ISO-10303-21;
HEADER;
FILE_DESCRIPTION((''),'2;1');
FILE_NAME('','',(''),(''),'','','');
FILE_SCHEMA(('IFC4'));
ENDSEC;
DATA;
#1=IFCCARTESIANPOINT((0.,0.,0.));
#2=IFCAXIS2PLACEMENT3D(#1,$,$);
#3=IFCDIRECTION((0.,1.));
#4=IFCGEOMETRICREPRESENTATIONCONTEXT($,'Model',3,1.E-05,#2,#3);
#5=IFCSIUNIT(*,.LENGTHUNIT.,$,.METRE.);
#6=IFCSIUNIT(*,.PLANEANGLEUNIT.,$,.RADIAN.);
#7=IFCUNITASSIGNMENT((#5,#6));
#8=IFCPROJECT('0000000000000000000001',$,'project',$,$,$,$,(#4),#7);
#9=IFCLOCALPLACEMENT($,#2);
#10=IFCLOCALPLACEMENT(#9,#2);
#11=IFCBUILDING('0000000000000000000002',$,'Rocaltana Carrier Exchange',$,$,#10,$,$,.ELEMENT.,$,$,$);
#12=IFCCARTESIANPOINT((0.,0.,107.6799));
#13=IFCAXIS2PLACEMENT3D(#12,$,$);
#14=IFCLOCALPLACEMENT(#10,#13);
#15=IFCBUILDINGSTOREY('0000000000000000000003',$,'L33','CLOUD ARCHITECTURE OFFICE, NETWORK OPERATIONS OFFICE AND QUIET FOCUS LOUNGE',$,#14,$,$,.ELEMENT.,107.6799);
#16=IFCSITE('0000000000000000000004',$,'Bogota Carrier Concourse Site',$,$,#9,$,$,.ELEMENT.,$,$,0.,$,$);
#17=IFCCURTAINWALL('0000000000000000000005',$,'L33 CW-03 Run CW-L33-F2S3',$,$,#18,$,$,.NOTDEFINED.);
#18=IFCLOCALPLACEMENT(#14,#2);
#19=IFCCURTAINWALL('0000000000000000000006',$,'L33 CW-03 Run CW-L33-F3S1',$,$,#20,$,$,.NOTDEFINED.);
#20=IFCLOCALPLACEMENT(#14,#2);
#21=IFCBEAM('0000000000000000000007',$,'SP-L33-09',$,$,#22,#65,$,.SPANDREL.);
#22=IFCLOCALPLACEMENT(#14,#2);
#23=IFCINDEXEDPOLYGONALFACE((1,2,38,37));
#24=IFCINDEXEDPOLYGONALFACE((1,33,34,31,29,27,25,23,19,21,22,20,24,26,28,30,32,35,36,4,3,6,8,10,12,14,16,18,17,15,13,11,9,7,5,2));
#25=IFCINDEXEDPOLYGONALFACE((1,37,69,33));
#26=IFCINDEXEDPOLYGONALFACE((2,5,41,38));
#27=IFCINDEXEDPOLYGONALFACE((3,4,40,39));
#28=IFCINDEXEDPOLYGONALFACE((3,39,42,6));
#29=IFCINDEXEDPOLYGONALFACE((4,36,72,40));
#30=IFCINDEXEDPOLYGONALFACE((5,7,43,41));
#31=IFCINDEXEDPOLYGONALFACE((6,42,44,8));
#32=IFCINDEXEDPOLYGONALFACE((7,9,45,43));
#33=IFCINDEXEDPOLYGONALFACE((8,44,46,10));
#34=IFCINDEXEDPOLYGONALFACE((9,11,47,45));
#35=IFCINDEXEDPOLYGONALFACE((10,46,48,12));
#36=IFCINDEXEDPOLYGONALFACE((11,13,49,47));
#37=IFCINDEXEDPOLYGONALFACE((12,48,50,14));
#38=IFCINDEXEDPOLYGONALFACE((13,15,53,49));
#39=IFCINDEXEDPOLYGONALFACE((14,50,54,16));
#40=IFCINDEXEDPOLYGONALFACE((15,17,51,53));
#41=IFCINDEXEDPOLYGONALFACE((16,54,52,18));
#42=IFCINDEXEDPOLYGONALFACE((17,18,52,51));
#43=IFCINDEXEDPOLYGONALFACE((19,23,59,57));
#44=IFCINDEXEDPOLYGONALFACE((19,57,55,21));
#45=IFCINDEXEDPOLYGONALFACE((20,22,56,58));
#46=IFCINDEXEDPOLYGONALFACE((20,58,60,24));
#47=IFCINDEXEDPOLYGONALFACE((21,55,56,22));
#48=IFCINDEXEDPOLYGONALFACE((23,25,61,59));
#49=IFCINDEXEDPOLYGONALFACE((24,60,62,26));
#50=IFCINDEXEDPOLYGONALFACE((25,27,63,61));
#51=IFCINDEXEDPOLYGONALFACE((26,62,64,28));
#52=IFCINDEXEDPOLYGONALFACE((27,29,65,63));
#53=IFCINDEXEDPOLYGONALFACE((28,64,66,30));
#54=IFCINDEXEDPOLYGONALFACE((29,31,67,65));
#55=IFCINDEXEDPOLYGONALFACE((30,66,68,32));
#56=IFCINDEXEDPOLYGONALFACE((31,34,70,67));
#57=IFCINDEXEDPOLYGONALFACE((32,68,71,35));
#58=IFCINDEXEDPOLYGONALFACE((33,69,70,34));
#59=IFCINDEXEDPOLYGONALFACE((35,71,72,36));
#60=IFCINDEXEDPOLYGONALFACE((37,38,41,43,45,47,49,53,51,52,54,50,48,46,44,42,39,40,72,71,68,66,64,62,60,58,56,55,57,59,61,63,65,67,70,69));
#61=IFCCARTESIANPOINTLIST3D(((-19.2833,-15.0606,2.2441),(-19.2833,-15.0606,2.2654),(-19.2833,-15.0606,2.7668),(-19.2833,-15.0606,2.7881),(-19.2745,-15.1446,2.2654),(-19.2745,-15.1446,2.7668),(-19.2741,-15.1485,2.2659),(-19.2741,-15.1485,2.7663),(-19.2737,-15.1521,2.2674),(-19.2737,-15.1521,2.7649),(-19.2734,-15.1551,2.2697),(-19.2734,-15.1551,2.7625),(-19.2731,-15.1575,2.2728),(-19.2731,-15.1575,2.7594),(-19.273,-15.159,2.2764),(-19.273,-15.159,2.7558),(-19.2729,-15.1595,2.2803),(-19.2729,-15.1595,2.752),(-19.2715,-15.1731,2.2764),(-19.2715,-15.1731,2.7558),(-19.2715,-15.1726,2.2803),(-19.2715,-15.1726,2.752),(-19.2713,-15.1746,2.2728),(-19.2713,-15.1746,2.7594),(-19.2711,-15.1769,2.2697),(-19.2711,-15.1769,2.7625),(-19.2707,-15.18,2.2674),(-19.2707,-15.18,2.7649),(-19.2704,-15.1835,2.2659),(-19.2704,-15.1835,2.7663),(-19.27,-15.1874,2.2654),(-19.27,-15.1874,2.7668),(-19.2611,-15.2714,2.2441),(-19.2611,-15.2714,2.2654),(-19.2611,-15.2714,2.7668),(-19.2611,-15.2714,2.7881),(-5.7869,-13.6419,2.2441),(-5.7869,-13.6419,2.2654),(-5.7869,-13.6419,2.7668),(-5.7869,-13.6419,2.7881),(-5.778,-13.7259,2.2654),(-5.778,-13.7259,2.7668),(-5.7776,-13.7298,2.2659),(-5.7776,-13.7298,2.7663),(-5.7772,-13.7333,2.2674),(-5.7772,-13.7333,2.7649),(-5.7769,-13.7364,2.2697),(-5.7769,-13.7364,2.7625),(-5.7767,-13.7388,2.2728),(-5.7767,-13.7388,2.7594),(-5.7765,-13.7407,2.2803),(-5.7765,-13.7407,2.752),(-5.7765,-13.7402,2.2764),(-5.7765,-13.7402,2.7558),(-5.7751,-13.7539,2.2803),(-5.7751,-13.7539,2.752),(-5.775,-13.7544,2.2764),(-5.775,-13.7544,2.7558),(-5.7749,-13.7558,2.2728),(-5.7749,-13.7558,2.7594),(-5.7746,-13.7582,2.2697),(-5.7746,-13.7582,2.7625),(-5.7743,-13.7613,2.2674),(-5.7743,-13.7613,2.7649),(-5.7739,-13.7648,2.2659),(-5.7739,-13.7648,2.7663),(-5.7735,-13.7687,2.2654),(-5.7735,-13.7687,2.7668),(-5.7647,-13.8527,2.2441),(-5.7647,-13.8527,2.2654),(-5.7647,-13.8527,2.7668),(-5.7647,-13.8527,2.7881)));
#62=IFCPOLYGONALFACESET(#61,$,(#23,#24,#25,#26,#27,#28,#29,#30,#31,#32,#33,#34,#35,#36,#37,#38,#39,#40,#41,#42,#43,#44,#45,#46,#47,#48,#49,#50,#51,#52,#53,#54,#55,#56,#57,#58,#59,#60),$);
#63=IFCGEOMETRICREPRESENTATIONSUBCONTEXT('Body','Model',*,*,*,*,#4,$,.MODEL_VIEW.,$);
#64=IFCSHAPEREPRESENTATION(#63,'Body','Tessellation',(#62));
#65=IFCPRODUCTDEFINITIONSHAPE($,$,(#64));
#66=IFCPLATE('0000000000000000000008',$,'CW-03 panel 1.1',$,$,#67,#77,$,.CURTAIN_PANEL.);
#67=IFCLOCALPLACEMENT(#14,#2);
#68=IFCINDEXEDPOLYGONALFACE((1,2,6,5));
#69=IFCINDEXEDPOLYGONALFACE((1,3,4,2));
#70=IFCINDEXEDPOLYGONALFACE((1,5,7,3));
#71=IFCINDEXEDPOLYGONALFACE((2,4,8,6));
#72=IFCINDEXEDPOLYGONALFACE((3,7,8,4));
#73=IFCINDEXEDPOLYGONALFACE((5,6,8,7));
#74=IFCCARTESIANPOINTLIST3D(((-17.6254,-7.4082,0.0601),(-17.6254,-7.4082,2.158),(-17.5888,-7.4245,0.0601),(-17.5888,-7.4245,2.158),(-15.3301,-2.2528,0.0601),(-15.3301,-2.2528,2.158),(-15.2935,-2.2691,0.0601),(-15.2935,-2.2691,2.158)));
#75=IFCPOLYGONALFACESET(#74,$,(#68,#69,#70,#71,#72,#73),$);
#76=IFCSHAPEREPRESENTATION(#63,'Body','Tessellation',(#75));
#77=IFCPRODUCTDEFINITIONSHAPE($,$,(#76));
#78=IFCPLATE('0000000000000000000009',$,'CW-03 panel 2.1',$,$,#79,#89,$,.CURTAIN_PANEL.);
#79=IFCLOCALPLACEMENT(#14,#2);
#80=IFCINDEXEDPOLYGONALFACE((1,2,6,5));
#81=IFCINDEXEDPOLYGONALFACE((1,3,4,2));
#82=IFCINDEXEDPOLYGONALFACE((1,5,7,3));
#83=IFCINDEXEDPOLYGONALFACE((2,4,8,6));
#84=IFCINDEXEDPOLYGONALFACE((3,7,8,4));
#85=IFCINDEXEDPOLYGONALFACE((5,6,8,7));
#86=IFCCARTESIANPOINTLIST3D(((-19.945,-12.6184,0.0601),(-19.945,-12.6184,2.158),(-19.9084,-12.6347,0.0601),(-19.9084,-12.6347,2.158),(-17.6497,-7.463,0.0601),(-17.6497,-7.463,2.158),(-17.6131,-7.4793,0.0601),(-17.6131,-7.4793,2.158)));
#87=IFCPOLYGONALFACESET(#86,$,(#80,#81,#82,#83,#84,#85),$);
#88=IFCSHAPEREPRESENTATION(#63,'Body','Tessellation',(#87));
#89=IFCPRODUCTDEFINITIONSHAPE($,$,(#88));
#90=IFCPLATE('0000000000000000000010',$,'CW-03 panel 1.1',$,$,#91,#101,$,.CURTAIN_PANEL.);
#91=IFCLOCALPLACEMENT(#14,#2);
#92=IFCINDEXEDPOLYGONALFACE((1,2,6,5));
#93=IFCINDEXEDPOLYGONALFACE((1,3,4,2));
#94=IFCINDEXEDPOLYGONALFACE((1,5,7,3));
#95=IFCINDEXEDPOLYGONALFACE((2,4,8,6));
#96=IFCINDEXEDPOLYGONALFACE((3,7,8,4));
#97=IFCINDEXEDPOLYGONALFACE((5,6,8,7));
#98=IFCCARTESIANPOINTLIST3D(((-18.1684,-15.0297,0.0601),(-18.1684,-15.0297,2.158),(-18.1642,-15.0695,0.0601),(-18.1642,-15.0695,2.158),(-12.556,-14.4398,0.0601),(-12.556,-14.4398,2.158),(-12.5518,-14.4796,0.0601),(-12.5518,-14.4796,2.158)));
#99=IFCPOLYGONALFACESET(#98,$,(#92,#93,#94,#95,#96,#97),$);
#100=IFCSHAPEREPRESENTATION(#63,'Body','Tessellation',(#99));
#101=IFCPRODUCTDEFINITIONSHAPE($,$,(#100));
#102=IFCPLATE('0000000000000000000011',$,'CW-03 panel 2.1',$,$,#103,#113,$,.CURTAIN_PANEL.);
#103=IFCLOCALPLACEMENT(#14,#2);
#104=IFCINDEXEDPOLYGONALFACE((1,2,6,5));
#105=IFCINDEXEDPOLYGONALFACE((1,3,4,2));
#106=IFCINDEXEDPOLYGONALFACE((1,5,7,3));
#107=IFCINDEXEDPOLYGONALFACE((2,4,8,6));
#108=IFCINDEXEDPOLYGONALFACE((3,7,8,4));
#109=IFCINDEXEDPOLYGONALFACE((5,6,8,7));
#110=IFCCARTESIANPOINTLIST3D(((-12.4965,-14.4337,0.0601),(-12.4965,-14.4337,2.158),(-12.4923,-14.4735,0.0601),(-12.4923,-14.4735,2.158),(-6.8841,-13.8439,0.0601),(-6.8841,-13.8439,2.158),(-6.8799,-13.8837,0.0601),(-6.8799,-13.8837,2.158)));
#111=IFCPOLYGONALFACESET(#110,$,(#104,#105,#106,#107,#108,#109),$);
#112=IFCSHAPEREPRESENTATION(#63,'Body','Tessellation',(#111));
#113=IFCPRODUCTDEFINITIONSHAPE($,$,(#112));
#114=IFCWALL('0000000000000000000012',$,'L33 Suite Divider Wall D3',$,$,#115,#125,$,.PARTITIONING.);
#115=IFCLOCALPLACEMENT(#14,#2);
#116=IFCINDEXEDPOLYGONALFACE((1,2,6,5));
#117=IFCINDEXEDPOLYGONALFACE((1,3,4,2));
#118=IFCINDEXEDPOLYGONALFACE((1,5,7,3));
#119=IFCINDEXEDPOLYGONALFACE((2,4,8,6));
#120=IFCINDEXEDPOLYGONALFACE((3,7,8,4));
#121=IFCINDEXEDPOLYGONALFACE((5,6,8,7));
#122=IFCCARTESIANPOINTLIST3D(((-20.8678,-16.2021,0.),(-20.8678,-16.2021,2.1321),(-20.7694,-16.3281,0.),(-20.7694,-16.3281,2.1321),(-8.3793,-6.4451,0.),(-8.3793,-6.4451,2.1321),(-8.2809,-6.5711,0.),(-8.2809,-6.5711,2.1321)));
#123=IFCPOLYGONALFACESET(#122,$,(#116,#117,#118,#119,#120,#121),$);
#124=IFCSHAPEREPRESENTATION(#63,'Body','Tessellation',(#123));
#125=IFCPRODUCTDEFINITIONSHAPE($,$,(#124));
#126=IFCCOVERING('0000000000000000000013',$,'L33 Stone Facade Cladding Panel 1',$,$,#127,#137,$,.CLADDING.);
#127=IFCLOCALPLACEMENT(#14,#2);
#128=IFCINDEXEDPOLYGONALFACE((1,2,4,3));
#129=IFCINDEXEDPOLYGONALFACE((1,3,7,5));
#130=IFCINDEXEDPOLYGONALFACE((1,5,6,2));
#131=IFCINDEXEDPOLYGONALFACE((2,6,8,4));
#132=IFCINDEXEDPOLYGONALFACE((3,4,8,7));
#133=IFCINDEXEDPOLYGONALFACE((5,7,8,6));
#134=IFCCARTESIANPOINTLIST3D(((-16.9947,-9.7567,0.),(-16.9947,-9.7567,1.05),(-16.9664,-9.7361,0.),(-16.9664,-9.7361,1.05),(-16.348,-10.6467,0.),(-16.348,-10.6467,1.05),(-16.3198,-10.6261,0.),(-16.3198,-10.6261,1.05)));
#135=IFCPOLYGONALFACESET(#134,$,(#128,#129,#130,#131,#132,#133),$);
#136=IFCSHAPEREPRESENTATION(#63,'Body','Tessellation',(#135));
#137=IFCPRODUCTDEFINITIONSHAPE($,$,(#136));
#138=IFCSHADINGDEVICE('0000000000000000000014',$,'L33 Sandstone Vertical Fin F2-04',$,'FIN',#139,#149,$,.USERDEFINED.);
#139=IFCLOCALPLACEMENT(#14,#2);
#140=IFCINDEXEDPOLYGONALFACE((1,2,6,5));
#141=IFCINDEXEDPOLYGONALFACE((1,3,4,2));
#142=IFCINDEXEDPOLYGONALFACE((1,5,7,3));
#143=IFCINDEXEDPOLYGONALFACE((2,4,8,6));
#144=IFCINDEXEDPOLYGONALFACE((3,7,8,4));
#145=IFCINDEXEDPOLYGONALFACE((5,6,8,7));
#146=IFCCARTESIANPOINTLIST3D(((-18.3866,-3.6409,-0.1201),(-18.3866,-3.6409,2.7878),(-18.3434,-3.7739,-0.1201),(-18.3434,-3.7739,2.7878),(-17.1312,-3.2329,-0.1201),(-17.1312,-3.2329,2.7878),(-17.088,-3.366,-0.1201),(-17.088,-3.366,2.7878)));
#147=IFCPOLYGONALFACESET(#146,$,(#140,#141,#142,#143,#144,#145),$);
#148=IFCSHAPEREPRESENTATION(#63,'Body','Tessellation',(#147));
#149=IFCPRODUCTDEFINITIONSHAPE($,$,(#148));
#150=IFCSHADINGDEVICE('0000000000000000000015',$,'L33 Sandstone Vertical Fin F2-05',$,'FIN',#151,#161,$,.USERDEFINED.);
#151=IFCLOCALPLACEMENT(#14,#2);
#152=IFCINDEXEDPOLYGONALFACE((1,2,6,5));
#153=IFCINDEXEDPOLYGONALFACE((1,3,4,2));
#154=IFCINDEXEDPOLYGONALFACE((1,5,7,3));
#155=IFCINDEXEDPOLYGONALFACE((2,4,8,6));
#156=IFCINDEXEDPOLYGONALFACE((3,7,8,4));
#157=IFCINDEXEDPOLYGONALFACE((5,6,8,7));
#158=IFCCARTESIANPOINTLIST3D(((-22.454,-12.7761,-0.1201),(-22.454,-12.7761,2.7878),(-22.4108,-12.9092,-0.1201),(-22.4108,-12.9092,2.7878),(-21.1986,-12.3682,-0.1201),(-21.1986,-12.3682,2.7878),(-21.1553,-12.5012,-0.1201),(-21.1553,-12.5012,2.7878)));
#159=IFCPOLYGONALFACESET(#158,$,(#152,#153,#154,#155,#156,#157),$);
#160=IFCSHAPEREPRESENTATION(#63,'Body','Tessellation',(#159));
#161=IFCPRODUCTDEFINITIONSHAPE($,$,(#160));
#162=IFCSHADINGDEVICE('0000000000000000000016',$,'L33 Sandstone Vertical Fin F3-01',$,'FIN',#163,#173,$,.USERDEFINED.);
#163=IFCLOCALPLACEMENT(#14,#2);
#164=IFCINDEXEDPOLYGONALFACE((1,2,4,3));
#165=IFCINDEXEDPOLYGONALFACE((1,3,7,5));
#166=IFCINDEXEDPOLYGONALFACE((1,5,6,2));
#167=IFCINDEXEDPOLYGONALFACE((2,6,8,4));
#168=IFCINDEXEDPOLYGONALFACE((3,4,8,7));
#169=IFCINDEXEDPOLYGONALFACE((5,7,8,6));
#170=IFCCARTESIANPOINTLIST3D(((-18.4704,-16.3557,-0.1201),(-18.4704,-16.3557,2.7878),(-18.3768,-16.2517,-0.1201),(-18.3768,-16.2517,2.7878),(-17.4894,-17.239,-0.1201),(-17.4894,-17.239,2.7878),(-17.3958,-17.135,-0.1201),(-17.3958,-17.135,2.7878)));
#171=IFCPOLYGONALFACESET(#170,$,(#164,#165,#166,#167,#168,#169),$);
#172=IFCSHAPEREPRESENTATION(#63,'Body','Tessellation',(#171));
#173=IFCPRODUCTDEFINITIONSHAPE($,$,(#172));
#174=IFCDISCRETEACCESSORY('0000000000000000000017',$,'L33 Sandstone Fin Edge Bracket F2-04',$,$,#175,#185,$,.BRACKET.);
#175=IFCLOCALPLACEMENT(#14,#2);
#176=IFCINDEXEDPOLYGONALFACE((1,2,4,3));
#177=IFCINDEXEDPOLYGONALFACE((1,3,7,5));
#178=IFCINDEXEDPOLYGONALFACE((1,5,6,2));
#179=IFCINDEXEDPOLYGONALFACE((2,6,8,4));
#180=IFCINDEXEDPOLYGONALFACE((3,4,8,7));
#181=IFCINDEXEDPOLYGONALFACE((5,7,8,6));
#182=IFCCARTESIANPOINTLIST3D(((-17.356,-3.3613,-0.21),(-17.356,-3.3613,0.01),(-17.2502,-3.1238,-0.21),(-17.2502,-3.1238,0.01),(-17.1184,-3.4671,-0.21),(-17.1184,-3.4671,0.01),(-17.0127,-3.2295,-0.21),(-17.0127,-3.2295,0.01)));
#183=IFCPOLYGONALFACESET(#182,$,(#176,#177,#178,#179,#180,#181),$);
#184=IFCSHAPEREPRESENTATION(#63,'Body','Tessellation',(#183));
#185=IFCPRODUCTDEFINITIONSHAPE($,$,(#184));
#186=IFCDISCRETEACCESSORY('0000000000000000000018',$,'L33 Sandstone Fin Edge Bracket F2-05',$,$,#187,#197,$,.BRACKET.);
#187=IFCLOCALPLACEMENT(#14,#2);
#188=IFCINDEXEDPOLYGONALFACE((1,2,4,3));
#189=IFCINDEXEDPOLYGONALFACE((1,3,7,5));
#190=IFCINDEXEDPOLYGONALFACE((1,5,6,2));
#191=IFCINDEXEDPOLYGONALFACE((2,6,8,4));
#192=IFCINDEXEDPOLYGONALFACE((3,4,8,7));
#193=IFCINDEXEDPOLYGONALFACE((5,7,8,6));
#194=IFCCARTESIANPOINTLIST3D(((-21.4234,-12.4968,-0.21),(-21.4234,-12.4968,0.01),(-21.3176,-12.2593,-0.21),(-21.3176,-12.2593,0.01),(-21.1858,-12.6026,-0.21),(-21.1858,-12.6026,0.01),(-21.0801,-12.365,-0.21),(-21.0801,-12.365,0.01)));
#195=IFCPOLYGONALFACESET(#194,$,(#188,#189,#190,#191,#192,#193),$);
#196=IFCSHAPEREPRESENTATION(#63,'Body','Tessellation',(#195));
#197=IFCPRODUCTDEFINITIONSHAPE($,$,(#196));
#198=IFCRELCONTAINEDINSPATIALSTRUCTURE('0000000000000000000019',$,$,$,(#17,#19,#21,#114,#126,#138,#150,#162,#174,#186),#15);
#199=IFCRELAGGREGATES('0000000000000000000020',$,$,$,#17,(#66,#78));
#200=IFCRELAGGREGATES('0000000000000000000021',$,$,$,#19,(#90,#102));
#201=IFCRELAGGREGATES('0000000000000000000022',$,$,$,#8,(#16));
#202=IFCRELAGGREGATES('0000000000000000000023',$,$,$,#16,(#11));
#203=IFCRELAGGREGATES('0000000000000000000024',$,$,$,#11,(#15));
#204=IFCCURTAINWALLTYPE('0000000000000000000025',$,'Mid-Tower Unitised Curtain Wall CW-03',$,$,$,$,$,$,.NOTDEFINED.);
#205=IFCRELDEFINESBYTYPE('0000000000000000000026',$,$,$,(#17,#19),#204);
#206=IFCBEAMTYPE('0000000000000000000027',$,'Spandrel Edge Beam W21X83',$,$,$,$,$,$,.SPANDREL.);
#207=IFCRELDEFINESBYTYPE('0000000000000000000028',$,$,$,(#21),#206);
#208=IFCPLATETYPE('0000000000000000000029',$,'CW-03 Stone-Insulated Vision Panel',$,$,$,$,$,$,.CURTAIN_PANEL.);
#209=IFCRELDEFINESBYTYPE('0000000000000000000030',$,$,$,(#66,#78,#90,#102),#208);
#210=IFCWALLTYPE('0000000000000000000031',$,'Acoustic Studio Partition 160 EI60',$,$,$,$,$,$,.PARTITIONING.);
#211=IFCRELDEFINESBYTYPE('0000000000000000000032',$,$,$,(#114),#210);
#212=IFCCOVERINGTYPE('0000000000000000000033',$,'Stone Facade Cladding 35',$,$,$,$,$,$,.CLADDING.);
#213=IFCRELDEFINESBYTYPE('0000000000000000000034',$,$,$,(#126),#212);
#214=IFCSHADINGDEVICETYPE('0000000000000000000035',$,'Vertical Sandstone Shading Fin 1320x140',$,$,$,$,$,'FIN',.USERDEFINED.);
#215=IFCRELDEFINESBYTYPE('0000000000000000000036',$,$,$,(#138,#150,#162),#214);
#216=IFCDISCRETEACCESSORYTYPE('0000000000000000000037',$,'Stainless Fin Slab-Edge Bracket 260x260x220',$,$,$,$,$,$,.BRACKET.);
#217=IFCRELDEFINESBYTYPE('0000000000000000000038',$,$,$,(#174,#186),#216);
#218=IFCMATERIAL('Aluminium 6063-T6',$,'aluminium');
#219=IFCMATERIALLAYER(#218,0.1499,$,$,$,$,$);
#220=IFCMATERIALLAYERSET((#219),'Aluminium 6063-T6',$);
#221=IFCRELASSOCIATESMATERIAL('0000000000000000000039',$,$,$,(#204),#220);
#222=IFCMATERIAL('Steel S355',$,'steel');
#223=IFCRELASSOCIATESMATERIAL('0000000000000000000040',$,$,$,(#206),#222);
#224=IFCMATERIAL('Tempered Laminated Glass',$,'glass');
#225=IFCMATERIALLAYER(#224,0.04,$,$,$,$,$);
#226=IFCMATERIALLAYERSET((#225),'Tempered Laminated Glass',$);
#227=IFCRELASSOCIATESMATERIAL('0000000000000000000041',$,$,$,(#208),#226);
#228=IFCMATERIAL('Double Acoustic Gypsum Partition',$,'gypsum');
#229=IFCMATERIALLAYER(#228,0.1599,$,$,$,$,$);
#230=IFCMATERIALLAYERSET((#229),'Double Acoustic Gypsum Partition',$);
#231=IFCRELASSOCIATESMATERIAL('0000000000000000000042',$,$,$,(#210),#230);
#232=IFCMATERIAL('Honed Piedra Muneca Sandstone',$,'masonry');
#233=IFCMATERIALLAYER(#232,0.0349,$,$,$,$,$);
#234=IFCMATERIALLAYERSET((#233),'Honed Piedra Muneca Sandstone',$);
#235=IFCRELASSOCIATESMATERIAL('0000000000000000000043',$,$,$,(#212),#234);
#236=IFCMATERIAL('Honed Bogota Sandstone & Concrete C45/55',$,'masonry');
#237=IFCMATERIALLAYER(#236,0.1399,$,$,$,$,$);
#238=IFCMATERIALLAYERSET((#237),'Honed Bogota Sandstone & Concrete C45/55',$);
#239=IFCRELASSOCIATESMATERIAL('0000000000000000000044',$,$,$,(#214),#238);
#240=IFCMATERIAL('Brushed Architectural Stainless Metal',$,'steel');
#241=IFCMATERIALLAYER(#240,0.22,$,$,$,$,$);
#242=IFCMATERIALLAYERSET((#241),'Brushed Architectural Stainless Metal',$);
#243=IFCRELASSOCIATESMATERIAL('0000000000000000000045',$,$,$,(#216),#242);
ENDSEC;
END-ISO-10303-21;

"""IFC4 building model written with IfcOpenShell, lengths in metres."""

from ifc_helpers import new_model, si_unit, direction, frame, frame_2d, origin, origin_2d, place, context, subcontext, project, spatial, rectangle, i_section, extrude, material, layer, layer_set, material_profile, profile_set, type_object, element, aggregate, save


model = new_model("IFC4")

# Units and contexts
model_context = context("Model", 3, precision=1e-05, world=origin(), true_north=direction((0.0, 1.0)))
body_context = subcontext(model_context, "Body", "Model", "MODEL_VIEW")
ifc_project = project(units=[si_unit("LENGTHUNIT", "METRE"), si_unit("PLANEANGLEUNIT", "RADIAN")], contexts=[model_context])

# Site, building, storey
site_placement = place(None, origin())
site = spatial("IfcSite", under=ifc_project, at=site_placement, Name="Bogota Carrier Concourse Site", CompositionType="ELEMENT", RefElevation=0.0)
building_placement = place(site_placement, origin())
building = spatial("IfcBuilding", under=site, at=building_placement, Name="Rocaltana Carrier Exchange", CompositionType="ELEMENT")
storey_placement = place(building_placement, frame((0.0, 0.0, 107.6799)))
storey = spatial("IfcBuildingStorey", under=building, at=storey_placement, Name="L33", Description="CLOUD ARCHITECTURE OFFICE, NETWORK OPERATIONS OFFICE AND QUIET FOCUS LOUNGE", CompositionType="ELEMENT", Elevation=107.6799)

# Curtain walls
ifc_material_1 = material(Name="Aluminium 6063-T6", Category="aluminium")
ifc_layer_1 = layer(ifc_material_1, 0.1499)
ifc_layer_set_1 = layer_set([ifc_layer_1], Name="Aluminium 6063-T6")
curtain_wall_type = type_object("IfcCurtainWallType", Name="Mid-Tower Unitised Curtain Wall CW-03", PredefinedType="NOTDEFINED", material=ifc_layer_set_1)
curtain_wall_1_placement = place(storey_placement, origin())
curtain_wall_1 = element("IfcCurtainWall", 1, at=curtain_wall_1_placement, inside=storey, type_object=curtain_wall_type, Name="L33 CW-03 Run CW-L33-F2S3", PredefinedType="NOTDEFINED")
curtain_wall_2_placement = place(storey_placement, origin())
curtain_wall_2 = element("IfcCurtainWall", 2, at=curtain_wall_2_placement, inside=storey, type_object=curtain_wall_type, Name="L33 CW-03 Run CW-L33-F3S1", PredefinedType="NOTDEFINED")

# Beam
ifc_material_2 = material(Name="Steel S355", Category="steel")
ifc_material_profile_1 = material_profile(ifc_material_2, i_section(OverallWidth=0.2119, OverallDepth=0.5439, WebThickness=0.0132, FlangeThickness=0.0212, FilletRadius=0.0149, at=origin_2d()), Name="W21X83")
ifc_profile_set_1 = profile_set([ifc_material_profile_1], Name="Steel S355")
beam_type_1 = type_object("IfcBeamType", Name="Spandrel Edge Beam W21X83", PredefinedType="SPANDREL", material=ifc_profile_set_1)
beam_1_placement = place(storey_placement, frame((-19.2722, -15.166, 2.5161), z_axis=(0.994521, 0.104542, 0.0), x_axis=(-0.104542, 0.994521, 0.0)))
element("IfcBeam", 3, at=beam_1_placement, inside=storey, type_object=beam_type_1, Name="SP-L33-09", PredefinedType="SPANDREL", context=body_context, shape_type="SweptSolid", body=[
    extrude(i_section(OverallWidth=0.2119, OverallDepth=0.5439, WebThickness=0.0132, FlangeThickness=0.0212, FilletRadius=0.0149, at=origin_2d()), origin(), (0.0, 0.0, 1.0), 13.5708),
])

# Plates
ifc_material_3 = material(Name="Tempered Laminated Glass", Category="glass")
ifc_layer_2 = layer(ifc_material_3, 0.04)
ifc_layer_set_2 = layer_set([ifc_layer_2], Name="Tempered Laminated Glass")
plate_type = type_object("IfcPlateType", Name="CW-03 Stone-Insulated Vision Panel", PredefinedType="CURTAIN_PANEL", material=ifc_layer_set_2)
plate_1_placement = place(storey_placement, frame((-16.4595, -4.8386, 0.0601), z_axis=(0.0, 0.0, 1.0), x_axis=(-0.406733, -0.913547, 0.0)))
plate_1 = element("IfcPlate", 4, at=plate_1_placement, type_object=plate_type, Name="CW-03 panel 1.1", PredefinedType="CURTAIN_PANEL", context=body_context, shape_type="SweptSolid", body=[
    extrude(rectangle(XDim=5.6433, YDim=0.04, at=origin_2d()), origin(), (0.0, 0.0, 1.0), 2.0979),
])
plate_2_placement = place(storey_placement, frame((-18.7791, -10.0488, 0.0601), z_axis=(0.0, 0.0, 1.0), x_axis=(-0.406733, -0.913547, 0.0)))
plate_2 = element("IfcPlate", 5, at=plate_2_placement, type_object=plate_type, Name="CW-03 panel 2.1", PredefinedType="CURTAIN_PANEL", context=body_context, shape_type="SweptSolid", body=[
    extrude(rectangle(XDim=5.6433, YDim=0.04, at=origin_2d()), origin(), (0.0, 0.0, 1.0), 2.0979),
])
aggregate(curtain_wall_1, [plate_1, plate_2])
plate_3_placement = place(storey_placement, frame((-15.3601, -14.7546, 0.0601), z_axis=(0.0, 0.0, 1.0), x_axis=(0.994523, 0.104522, 0.0)))
plate_3 = element("IfcPlate", 6, at=plate_3_placement, type_object=plate_type, Name="CW-03 panel 1.1", PredefinedType="CURTAIN_PANEL", context=body_context, shape_type="SweptSolid", body=[
    extrude(rectangle(XDim=5.6433, YDim=0.04, at=origin_2d()), origin(), (0.0, 0.0, 1.0), 2.0979),
])
plate_4_placement = place(storey_placement, frame((-9.6882, -14.1587, 0.0601), z_axis=(0.0, 0.0, 1.0), x_axis=(0.994523, 0.104522, 0.0)))
plate_4 = element("IfcPlate", 7, at=plate_4_placement, type_object=plate_type, Name="CW-03 panel 2.1", PredefinedType="CURTAIN_PANEL", context=body_context, shape_type="SweptSolid", body=[
    extrude(rectangle(XDim=5.6433, YDim=0.04, at=origin_2d()), origin(), (0.0, 0.0, 1.0), 2.0979),
])
aggregate(curtain_wall_2, [plate_3, plate_4])

# Wall
ifc_material_4 = material(Name="Double Acoustic Gypsum Partition", Category="gypsum")
ifc_layer_3 = layer(ifc_material_4, 0.1599)
ifc_layer_set_3 = layer_set([ifc_layer_3], Name="Double Acoustic Gypsum Partition")
wall_type = type_object("IfcWallType", Name="Acoustic Studio Partition 160 EI60", PredefinedType="PARTITIONING", material=ifc_layer_set_3)
wall_placement = place(storey_placement, frame((-8.3301, -6.5081, 0.0), z_axis=(0.0, 0.0, 1.0), x_axis=(-0.788012, -0.61566, 0.0)))
element("IfcWall", 8, at=wall_placement, inside=storey, type_object=wall_type, Name="L33 Suite Divider Wall D3", PredefinedType="PARTITIONING", context=body_context, shape_type="SweptSolid", body=[
    extrude(rectangle(XDim=15.8481, YDim=0.1599, at=frame_2d((7.9241, 0.0))), origin(), (0.0, 0.0, 1.0), 2.1321),
])

# Covering
ifc_material_5 = material(Name="Honed Piedra Muneca Sandstone", Category="masonry")
ifc_layer_4 = layer(ifc_material_5, 0.0349)
ifc_layer_set_4 = layer_set([ifc_layer_4], Name="Honed Piedra Muneca Sandstone")
covering_type = type_object("IfcCoveringType", Name="Stone Facade Cladding 35", PredefinedType="CLADDING", material=ifc_layer_set_4)
covering_placement = place(storey_placement, frame((-16.6572, -10.1914, 0.0), z_axis=(0.0, 0.0, 1.0), x_axis=(-0.587785, 0.809017, 0.0)))
element("IfcCovering", 9, at=covering_placement, inside=storey, type_object=covering_type, Name="L33 Stone Facade Cladding Panel 1", PredefinedType="CLADDING", context=body_context, shape_type="SweptSolid", body=[
    extrude(rectangle(XDim=1.1001, YDim=0.0349, at=origin_2d()), origin(), (0.0, 0.0, 1.0), 1.05),
])

# Shading devices
ifc_material_6 = material(Name="Honed Bogota Sandstone & Concrete C45/55", Category="masonry")
ifc_layer_5 = layer(ifc_material_6, 0.1399)
ifc_layer_set_5 = layer_set([ifc_layer_5], Name="Honed Bogota Sandstone & Concrete C45/55")
shading_device_type = type_object("IfcShadingDeviceType", Name="Vertical Sandstone Shading Fin 1320x140", ElementType="FIN", PredefinedType="USERDEFINED", material=ifc_layer_set_5)
for number, where, z_axis, x_axis, name in (
    (10, (-17.7373, -3.5034, -0.1201), (0.0, 0.0, 1.0), (-0.951057, -0.309017, 0.0), "L33 Sandstone Vertical Fin F2-04"),
    (11, (-21.8047, -12.6387, -0.1201), (0.0, 0.0, 1.0), (-0.951057, -0.309017, 0.0), "L33 Sandstone Vertical Fin F2-05"),
    (12, (-17.9331, -16.7454, -0.1201), (0.0, 0.0, 1.0), (0.743145, -0.669131, 0.0), "L33 Sandstone Vertical Fin F3-01"),
):
    element("IfcShadingDevice", number, at=place(storey_placement, frame(where, z_axis=z_axis, x_axis=x_axis)), inside=storey, type_object=shading_device_type, Name=name, ObjectType="FIN", PredefinedType="USERDEFINED", context=body_context, shape_type="SweptSolid", body=[
        extrude(rectangle(XDim=1.3201, YDim=0.1399, at=origin_2d()), origin(), (0.0, 0.0, 1.0), 2.908),
    ])

# Discrete accessories
ifc_material_7 = material(Name="Brushed Architectural Stainless Metal", Category="steel")
ifc_layer_6 = layer(ifc_material_7, 0.22)
ifc_layer_set_6 = layer_set([ifc_layer_6], Name="Brushed Architectural Stainless Metal")
discrete_accessory_type = type_object("IfcDiscreteAccessoryType", Name="Stainless Fin Slab-Edge Bracket 260x260x220", PredefinedType="BRACKET", material=ifc_layer_set_6)
for number, where, z_axis, x_axis, name in (
    (13, (-17.1843, -3.2954, -0.21), (0.0, 0.0, 1.0), (-0.406737, -0.913545, 0.0), "L33 Sandstone Fin Edge Bracket F2-04"),
    (14, (-21.2517, -12.4309, -0.21), (0.0, 0.0, 1.0), (-0.406737, -0.913545, 0.0), "L33 Sandstone Fin Edge Bracket F2-05"),
):
    element("IfcDiscreteAccessory", number, at=place(storey_placement, frame(where, z_axis=z_axis, x_axis=x_axis)), inside=storey, type_object=discrete_accessory_type, Name=name, PredefinedType="BRACKET", context=body_context, shape_type="SweptSolid", body=[
        extrude(rectangle(XDim=0.26, YDim=0.26, at=origin_2d()), origin(), (0.0, 0.0, 1.0), 0.22),
    ])

save(model, "model.ifc")
